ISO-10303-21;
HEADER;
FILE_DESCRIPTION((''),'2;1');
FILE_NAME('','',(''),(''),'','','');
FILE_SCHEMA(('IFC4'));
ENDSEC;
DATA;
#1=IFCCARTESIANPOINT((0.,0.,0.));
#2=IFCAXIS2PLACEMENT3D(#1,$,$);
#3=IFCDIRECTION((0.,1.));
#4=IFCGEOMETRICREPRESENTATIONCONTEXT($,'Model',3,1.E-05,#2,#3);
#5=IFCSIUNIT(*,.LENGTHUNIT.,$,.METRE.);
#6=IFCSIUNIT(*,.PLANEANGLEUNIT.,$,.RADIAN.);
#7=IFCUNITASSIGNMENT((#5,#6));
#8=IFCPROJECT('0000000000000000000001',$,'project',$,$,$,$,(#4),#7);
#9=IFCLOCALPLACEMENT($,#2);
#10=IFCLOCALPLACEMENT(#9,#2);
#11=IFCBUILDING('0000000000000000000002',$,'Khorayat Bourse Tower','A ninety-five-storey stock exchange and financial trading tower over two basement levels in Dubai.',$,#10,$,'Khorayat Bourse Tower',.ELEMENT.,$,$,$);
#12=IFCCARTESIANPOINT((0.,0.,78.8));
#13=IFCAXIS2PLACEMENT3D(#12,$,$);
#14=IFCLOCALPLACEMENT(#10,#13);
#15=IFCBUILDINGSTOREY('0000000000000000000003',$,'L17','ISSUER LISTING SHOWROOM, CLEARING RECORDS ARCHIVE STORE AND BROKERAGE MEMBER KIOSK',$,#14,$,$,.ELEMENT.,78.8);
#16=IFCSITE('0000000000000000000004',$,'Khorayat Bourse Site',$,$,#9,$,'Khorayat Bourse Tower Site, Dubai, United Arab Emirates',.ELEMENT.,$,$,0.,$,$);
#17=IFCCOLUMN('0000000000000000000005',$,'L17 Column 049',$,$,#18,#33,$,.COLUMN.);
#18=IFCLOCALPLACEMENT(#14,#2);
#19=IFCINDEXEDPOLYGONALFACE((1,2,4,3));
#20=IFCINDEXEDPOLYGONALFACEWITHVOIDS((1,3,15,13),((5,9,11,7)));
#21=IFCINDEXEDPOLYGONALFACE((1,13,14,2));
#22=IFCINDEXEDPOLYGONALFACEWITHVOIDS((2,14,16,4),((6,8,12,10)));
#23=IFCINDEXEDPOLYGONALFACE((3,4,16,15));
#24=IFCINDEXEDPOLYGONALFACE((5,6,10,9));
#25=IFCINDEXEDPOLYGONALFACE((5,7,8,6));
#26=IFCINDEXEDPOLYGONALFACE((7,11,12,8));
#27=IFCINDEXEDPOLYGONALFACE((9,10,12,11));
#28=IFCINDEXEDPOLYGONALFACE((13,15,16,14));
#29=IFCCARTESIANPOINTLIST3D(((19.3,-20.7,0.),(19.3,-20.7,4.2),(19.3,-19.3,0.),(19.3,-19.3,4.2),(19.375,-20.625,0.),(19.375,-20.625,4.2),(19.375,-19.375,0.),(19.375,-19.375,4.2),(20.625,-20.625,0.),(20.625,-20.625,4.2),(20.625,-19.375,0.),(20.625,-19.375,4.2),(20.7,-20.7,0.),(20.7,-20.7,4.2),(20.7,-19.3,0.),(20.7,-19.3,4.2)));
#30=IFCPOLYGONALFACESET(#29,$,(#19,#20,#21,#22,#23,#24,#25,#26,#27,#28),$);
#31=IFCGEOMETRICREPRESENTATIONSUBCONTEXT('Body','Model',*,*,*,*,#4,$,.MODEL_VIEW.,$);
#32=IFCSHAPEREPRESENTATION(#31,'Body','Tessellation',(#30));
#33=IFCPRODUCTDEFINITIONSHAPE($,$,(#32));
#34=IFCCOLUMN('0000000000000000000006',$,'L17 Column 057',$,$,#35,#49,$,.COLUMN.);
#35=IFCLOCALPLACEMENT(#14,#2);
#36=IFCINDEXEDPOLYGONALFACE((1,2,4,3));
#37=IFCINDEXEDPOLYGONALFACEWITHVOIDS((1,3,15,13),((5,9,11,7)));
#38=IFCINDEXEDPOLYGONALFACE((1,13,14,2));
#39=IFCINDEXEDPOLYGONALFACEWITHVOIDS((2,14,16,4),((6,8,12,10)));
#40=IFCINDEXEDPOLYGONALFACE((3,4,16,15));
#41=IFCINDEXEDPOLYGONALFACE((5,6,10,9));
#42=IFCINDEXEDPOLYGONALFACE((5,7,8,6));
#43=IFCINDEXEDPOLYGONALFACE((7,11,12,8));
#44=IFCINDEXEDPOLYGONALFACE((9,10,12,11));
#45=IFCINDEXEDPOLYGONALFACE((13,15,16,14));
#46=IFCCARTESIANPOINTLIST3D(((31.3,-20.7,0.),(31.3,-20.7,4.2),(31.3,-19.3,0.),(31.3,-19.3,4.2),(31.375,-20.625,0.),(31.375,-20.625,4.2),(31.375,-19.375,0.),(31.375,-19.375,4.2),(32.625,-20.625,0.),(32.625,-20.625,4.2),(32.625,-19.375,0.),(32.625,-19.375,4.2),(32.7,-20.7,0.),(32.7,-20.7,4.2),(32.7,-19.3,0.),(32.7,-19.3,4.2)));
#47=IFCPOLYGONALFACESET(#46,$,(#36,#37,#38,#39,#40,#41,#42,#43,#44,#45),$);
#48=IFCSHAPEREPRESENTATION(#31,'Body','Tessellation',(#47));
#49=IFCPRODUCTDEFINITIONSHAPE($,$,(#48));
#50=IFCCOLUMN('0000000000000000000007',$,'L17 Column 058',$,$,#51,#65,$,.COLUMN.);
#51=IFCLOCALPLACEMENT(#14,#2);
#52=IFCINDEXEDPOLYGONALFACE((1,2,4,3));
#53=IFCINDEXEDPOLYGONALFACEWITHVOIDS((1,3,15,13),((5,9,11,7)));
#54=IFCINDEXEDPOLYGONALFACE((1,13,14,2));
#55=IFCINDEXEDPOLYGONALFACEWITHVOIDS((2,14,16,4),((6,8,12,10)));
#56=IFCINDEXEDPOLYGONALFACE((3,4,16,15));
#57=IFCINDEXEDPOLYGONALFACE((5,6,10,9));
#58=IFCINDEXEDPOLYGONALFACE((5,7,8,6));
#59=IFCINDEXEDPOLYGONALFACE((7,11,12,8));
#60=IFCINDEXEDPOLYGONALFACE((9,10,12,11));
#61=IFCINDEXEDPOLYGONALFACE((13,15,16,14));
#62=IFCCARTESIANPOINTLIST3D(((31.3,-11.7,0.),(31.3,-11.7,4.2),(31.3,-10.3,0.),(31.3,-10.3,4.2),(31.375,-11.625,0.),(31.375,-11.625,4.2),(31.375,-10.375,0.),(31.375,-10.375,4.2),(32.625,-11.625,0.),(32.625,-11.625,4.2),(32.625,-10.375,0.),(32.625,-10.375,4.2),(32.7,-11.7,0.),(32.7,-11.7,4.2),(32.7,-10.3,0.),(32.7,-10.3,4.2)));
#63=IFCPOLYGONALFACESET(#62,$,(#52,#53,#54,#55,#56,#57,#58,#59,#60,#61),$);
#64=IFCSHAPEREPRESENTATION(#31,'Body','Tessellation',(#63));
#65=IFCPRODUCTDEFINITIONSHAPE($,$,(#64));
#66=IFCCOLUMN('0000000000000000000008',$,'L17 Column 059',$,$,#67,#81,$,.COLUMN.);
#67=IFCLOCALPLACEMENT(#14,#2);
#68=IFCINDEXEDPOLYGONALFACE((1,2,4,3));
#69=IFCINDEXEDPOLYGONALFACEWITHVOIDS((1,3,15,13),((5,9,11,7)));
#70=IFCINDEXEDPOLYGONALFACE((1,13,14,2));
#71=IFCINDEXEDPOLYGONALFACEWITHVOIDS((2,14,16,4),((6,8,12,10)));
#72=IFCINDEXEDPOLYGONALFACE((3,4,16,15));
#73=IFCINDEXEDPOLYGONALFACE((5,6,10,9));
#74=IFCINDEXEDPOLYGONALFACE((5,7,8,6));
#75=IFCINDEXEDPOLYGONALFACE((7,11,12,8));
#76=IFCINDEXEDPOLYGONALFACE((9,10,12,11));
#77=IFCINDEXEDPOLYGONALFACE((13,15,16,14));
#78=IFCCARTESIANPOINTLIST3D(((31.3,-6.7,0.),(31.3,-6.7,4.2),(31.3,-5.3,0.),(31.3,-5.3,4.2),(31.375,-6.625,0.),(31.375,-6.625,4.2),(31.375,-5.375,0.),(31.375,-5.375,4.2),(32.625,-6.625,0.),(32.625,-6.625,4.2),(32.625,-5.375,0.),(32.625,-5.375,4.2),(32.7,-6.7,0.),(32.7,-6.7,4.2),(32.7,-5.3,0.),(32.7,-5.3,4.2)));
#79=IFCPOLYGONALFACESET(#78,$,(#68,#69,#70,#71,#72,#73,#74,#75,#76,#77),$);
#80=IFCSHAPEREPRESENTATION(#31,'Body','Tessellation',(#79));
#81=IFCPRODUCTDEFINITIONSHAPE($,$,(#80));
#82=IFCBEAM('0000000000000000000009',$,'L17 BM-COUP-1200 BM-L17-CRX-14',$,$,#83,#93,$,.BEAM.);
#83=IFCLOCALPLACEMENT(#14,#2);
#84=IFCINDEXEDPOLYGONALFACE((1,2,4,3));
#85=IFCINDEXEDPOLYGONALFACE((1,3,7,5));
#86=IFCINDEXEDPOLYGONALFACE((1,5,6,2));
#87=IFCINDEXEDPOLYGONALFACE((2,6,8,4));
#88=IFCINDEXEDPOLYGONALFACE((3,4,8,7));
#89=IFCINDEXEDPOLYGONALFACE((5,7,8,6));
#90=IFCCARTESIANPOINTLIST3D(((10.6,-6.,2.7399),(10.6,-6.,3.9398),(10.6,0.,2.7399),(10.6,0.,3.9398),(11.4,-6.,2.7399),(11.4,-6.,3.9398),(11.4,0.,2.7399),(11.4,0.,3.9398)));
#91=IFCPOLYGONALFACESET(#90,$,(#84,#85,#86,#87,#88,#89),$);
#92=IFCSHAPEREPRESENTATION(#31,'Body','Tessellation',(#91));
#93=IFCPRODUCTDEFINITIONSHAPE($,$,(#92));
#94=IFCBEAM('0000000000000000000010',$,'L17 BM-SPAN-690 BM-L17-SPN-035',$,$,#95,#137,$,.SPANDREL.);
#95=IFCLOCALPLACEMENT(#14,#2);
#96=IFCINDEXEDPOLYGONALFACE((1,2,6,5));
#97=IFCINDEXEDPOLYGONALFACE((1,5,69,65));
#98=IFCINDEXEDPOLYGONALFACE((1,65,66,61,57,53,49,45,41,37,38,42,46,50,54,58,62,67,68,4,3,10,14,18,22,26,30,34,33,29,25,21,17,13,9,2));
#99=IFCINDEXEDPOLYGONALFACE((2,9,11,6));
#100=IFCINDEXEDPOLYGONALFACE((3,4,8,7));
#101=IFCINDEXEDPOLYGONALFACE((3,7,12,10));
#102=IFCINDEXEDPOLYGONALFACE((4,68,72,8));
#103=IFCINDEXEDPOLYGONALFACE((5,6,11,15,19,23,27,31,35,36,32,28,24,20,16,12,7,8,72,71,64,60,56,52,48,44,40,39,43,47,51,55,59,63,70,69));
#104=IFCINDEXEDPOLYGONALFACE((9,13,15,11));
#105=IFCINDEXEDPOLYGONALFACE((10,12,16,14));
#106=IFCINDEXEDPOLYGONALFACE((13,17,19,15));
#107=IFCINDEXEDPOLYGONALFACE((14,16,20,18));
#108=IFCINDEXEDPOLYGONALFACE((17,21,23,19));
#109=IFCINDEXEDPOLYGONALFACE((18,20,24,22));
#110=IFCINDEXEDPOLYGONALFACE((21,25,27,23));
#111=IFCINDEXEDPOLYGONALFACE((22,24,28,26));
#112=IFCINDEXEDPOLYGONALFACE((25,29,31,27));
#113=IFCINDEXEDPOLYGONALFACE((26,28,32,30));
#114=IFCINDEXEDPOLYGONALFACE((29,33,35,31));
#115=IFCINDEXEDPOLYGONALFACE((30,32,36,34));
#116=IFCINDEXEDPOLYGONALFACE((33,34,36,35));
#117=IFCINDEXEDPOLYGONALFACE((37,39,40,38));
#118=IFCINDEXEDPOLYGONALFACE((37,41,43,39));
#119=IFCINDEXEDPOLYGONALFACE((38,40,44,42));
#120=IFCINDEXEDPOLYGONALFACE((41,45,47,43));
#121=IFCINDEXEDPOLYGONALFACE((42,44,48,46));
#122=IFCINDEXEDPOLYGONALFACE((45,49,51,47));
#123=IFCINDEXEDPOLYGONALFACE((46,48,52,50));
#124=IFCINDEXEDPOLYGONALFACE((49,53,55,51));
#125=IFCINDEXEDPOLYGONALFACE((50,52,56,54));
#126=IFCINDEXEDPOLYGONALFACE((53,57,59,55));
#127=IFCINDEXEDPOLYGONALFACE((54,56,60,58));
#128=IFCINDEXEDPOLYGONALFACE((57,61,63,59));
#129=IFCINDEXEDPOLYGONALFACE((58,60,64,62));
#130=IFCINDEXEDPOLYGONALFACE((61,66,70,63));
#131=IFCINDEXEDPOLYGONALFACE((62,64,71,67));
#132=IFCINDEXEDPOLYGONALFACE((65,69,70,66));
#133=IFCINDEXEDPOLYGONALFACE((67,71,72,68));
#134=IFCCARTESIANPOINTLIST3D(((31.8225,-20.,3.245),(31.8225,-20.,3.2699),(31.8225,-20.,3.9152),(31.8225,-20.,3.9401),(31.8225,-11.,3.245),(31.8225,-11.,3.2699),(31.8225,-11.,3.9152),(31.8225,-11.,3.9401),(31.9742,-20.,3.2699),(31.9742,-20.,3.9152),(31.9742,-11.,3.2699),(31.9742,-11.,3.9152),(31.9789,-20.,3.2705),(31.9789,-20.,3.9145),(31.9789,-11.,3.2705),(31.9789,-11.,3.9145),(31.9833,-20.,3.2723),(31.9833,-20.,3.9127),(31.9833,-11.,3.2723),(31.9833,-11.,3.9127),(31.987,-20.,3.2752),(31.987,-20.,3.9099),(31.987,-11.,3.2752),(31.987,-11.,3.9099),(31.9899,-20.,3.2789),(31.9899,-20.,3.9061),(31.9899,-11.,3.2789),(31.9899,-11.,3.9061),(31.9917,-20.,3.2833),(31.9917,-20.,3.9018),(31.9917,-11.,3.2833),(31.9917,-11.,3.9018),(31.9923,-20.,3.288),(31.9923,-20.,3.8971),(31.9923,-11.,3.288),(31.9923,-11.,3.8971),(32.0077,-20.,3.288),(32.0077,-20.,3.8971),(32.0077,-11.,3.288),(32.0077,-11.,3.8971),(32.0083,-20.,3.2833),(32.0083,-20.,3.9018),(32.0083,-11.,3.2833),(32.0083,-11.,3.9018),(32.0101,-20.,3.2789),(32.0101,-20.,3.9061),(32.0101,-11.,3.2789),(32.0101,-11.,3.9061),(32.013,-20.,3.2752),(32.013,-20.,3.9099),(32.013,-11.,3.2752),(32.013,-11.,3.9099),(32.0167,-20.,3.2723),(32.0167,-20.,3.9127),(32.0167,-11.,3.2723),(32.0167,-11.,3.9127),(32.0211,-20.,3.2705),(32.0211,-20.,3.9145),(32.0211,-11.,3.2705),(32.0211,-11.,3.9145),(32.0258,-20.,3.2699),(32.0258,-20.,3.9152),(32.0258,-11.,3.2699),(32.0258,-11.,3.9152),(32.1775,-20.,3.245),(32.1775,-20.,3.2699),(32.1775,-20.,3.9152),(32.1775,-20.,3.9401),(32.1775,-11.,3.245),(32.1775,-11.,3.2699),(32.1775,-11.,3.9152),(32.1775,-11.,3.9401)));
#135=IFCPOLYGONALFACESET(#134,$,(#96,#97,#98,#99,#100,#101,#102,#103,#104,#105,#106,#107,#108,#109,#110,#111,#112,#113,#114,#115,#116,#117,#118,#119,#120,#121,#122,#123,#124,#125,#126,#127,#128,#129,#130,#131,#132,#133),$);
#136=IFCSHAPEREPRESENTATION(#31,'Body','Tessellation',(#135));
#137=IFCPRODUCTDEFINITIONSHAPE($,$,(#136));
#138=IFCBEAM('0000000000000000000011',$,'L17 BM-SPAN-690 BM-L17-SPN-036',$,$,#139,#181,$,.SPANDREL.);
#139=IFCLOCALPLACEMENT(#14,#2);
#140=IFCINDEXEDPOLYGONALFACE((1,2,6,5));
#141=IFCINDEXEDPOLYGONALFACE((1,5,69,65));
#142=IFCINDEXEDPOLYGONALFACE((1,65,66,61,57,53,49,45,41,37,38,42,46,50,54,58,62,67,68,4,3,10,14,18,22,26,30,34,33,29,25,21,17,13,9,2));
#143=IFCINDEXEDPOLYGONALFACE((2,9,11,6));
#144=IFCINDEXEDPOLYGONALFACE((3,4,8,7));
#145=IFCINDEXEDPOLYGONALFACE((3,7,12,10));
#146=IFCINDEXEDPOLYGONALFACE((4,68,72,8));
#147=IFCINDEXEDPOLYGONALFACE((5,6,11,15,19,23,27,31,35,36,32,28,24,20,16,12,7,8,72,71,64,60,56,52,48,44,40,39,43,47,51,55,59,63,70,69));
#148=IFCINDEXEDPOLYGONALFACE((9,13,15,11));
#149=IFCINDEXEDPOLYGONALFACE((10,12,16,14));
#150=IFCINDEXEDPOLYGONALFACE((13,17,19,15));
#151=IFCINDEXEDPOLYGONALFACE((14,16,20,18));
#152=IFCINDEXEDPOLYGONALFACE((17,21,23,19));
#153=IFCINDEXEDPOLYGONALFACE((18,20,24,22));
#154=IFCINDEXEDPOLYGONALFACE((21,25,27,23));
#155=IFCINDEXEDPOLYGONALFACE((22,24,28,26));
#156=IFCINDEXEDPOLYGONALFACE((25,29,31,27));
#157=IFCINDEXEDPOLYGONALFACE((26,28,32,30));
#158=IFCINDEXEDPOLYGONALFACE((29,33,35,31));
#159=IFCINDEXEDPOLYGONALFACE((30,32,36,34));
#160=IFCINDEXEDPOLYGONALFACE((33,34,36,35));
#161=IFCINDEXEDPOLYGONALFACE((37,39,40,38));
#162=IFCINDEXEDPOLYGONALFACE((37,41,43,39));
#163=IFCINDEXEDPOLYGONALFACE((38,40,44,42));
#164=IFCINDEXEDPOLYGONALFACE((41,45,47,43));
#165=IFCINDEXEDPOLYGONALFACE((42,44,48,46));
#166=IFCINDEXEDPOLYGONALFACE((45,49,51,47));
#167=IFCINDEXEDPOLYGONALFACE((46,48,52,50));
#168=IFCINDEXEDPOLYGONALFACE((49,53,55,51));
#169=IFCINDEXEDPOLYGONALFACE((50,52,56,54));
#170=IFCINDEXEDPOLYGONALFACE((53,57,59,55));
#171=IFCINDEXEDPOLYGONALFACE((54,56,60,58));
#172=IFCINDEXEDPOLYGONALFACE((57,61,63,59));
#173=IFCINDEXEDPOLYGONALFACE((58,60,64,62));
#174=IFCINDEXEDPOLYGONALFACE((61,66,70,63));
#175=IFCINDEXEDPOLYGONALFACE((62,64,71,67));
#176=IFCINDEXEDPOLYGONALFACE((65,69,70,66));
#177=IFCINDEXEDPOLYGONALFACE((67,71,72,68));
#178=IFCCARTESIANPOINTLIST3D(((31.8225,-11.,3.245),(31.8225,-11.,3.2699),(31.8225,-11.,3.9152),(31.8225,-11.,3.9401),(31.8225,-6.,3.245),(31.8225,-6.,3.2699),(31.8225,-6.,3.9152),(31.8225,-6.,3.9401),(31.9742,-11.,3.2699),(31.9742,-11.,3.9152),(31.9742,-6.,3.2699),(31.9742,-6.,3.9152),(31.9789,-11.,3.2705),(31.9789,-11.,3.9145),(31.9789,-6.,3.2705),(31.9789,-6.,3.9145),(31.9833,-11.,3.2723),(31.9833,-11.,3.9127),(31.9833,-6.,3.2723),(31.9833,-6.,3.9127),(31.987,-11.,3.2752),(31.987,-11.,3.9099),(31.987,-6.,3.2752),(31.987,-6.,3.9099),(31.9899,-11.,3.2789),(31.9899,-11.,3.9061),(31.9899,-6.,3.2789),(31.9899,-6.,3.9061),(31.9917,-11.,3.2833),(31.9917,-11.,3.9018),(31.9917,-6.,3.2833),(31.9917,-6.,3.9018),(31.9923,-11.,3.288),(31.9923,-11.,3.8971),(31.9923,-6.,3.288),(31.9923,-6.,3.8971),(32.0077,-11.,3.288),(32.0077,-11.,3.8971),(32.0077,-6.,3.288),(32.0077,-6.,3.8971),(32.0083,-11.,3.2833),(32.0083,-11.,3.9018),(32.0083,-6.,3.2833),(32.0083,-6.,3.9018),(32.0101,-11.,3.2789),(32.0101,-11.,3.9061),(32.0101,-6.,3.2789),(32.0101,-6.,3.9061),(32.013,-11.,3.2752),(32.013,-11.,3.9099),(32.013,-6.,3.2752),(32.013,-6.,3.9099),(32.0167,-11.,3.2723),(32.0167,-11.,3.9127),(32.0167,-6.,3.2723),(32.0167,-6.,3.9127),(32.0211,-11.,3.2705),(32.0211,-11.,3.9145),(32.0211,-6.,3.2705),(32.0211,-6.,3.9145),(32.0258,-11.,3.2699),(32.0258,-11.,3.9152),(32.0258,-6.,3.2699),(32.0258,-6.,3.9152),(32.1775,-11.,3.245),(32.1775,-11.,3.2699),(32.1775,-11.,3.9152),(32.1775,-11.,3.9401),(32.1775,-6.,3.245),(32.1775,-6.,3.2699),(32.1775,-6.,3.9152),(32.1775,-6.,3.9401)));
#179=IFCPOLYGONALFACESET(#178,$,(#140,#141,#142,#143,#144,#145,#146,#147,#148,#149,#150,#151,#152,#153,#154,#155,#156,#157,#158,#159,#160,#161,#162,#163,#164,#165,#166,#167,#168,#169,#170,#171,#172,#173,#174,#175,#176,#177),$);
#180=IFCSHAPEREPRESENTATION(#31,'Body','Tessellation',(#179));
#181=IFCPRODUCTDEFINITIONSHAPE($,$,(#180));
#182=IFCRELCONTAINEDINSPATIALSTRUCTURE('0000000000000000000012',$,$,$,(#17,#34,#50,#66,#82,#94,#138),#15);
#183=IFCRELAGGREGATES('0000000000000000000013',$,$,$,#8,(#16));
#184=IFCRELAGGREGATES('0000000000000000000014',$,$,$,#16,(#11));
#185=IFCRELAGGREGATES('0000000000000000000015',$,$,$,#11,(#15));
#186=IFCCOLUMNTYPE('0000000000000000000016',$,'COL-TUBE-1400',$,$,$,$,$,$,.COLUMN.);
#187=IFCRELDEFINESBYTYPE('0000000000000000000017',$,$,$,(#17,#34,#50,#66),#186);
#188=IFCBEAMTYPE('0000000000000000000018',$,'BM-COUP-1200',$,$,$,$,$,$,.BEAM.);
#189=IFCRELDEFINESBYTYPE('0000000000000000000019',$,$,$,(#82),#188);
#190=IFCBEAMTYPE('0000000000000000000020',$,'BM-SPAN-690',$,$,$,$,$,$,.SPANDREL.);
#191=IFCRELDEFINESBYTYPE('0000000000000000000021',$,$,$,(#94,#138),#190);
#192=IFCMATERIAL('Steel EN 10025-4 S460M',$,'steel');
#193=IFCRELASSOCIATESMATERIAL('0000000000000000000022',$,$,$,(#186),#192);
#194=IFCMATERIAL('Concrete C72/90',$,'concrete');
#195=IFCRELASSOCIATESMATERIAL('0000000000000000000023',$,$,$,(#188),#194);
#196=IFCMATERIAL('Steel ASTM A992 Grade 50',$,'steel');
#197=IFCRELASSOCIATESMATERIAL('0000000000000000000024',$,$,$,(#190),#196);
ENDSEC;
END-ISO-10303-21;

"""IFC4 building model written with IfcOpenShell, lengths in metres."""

from ifc_helpers import new_model, si_unit, direction, frame, origin, origin_2d, place, context, subcontext, project, spatial, rectangle, hollow_rectangle, i_section, extrude, source, transform, mapped, material, material_profile, profile_set, type_object, element, save


model = new_model("IFC4")

# Units and contexts
model_context = context("Model", 3, precision=1e-05, world=origin(), true_north=direction((0.0, 1.0)))
body_context = subcontext(model_context, "Body", "Model", "MODEL_VIEW")
ifc_project = project(units=[si_unit("LENGTHUNIT", "METRE"), si_unit("PLANEANGLEUNIT", "RADIAN")], contexts=[model_context])

# Site, building, storey
site_placement = place(None, origin())
site = spatial("IfcSite", under=ifc_project, at=site_placement, Name="Khorayat Bourse Site", LongName="Khorayat Bourse Tower Site, Dubai, United Arab Emirates", CompositionType="ELEMENT", RefElevation=0.0)
building_placement = place(site_placement, origin())
building = spatial("IfcBuilding", under=site, at=building_placement, Name="Khorayat Bourse Tower", Description="A ninety-five-storey stock exchange and financial trading tower over two basement levels in Dubai.", LongName="Khorayat Bourse Tower", CompositionType="ELEMENT")
storey_placement = place(building_placement, frame((0.0, 0.0, 78.8)))
storey = spatial("IfcBuildingStorey", under=building, at=storey_placement, Name="L17", Description="ISSUER LISTING SHOWROOM, CLEARING RECORDS ARCHIVE STORE AND BROKERAGE MEMBER KIOSK", CompositionType="ELEMENT", Elevation=78.8)

# Columns
ifc_material_1 = material(Name="Steel EN 10025-4 S460M", Category="steel")
ifc_material_profile_1 = material_profile(ifc_material_1, hollow_rectangle(XDim=1.3999, YDim=1.3999, WallThickness=0.075, at=origin_2d()), Name="BOX 1400x1400x75")
ifc_profile_set_1 = profile_set([ifc_material_profile_1], Name="Steel EN 10025-4 S460M")
column_type = type_object("IfcColumnType", Name="COL-TUBE-1400", PredefinedType="COLUMN", material=ifc_profile_set_1)
shared_shape_1 = source(origin(), body_context, "Body", "SweptSolid", [
    extrude(hollow_rectangle(XDim=1.3999, YDim=1.3999, WallThickness=0.075, at=origin_2d()), origin(), (0.0, 0.0, 1.0), 4.2),
])
for number, where, z_axis, x_axis, name in (
    (1, (20.0, -20.0, 0.0), (0.0, 0.0, 1.0), (1.0, 0.0, 0.0), "L17 Column 049"),
    (2, (32.0, -20.0, 0.0), (0.0, 0.0, 1.0), (1.0, 0.0, 0.0), "L17 Column 057"),
    (3, (32.0, -11.0, 0.0), (0.0, 0.0, 1.0), (1.0, 0.0, 0.0), "L17 Column 058"),
    (4, (32.0, -6.0, 0.0), (0.0, 0.0, 1.0), (1.0, 0.0, 0.0), "L17 Column 059"),
):
    element("IfcColumn", number, at=place(storey_placement, frame(where, z_axis=z_axis, x_axis=x_axis)), inside=storey, type_object=column_type, Name=name, PredefinedType="COLUMN", context=body_context, shape_type="MappedRepresentation", body=[
        mapped(shared_shape_1, transform((0.0, 0.0, 0.0), scale=1.0)),
    ])

# Beams
ifc_material_2 = material(Name="Concrete C72/90", Category="concrete")
ifc_material_profile_2 = material_profile(ifc_material_2, rectangle(XDim=0.8, YDim=1.2, at=origin_2d()), Name="RC 800x1200")
ifc_profile_set_2 = profile_set([ifc_material_profile_2], Name="Concrete C72/90")
beam_type_1 = type_object("IfcBeamType", Name="BM-COUP-1200", PredefinedType="BEAM", material=ifc_profile_set_2)
shared_shape_2 = source(origin(), body_context, "Body", "SweptSolid", [
    extrude(rectangle(XDim=0.8, YDim=1.2, at=origin_2d()), origin(), (0.0, 0.0, 1.0), 6.0),
])
beam_1_placement = place(storey_placement, frame((11.0, -6.0, 3.3398), z_axis=(0.0, 1.0, 0.0), x_axis=(-1.0, 0.0, 0.0)))
element("IfcBeam", 5, at=beam_1_placement, inside=storey, type_object=beam_type_1, Name="L17 BM-COUP-1200 BM-L17-CRX-14", PredefinedType="BEAM", context=body_context, shape_type="MappedRepresentation", body=[
    mapped(shared_shape_2, transform((0.0, 0.0, 0.0), scale=1.0)),
])
ifc_material_3 = material(Name="Steel ASTM A992 Grade 50", Category="steel")
ifc_material_profile_3 = material_profile(ifc_material_3, i_section(OverallWidth=0.355, OverallDepth=0.6951, WebThickness=0.0154, FlangeThickness=0.0249, FilletRadius=0.0181, at=origin_2d()), Name="W690X217")
ifc_profile_set_3 = profile_set([ifc_material_profile_3], Name="Steel ASTM A992 Grade 50")
beam_type_2 = type_object("IfcBeamType", Name="BM-SPAN-690", PredefinedType="SPANDREL", material=ifc_profile_set_3)
shared_shape_3 = source(origin(), body_context, "Body", "SweptSolid", [
    extrude(i_section(OverallWidth=0.355, OverallDepth=0.6951, WebThickness=0.0154, FlangeThickness=0.0249, FilletRadius=0.0181, at=origin_2d()), origin(), (0.0, 0.0, 1.0), 9.0),
])
beam_2_placement = place(storey_placement, frame((32.0, -20.0, 3.5925), z_axis=(0.0, 1.0, 0.0), x_axis=(-1.0, 0.0, 0.0)))
element("IfcBeam", 6, at=beam_2_placement, inside=storey, type_object=beam_type_2, Name="L17 BM-SPAN-690 BM-L17-SPN-035", PredefinedType="SPANDREL", context=body_context, shape_type="MappedRepresentation", body=[
    mapped(shared_shape_3, transform((0.0, 0.0, 0.0), scale=1.0)),
])
shared_shape_4 = source(origin(), body_context, "Body", "SweptSolid", [
    extrude(i_section(OverallWidth=0.355, OverallDepth=0.6951, WebThickness=0.0154, FlangeThickness=0.0249, FilletRadius=0.0181, at=origin_2d()), origin(), (0.0, 0.0, 1.0), 5.0),
])
beam_3_placement = place(storey_placement, frame((32.0, -11.0, 3.5925), z_axis=(0.0, 1.0, 0.0), x_axis=(-1.0, 0.0, 0.0)))
element("IfcBeam", 7, at=beam_3_placement, inside=storey, type_object=beam_type_2, Name="L17 BM-SPAN-690 BM-L17-SPN-036", PredefinedType="SPANDREL", context=body_context, shape_type="MappedRepresentation", body=[
    mapped(shared_shape_4, transform((0.0, 0.0, 0.0), scale=1.0)),
])

save(model, "model.ifc")
